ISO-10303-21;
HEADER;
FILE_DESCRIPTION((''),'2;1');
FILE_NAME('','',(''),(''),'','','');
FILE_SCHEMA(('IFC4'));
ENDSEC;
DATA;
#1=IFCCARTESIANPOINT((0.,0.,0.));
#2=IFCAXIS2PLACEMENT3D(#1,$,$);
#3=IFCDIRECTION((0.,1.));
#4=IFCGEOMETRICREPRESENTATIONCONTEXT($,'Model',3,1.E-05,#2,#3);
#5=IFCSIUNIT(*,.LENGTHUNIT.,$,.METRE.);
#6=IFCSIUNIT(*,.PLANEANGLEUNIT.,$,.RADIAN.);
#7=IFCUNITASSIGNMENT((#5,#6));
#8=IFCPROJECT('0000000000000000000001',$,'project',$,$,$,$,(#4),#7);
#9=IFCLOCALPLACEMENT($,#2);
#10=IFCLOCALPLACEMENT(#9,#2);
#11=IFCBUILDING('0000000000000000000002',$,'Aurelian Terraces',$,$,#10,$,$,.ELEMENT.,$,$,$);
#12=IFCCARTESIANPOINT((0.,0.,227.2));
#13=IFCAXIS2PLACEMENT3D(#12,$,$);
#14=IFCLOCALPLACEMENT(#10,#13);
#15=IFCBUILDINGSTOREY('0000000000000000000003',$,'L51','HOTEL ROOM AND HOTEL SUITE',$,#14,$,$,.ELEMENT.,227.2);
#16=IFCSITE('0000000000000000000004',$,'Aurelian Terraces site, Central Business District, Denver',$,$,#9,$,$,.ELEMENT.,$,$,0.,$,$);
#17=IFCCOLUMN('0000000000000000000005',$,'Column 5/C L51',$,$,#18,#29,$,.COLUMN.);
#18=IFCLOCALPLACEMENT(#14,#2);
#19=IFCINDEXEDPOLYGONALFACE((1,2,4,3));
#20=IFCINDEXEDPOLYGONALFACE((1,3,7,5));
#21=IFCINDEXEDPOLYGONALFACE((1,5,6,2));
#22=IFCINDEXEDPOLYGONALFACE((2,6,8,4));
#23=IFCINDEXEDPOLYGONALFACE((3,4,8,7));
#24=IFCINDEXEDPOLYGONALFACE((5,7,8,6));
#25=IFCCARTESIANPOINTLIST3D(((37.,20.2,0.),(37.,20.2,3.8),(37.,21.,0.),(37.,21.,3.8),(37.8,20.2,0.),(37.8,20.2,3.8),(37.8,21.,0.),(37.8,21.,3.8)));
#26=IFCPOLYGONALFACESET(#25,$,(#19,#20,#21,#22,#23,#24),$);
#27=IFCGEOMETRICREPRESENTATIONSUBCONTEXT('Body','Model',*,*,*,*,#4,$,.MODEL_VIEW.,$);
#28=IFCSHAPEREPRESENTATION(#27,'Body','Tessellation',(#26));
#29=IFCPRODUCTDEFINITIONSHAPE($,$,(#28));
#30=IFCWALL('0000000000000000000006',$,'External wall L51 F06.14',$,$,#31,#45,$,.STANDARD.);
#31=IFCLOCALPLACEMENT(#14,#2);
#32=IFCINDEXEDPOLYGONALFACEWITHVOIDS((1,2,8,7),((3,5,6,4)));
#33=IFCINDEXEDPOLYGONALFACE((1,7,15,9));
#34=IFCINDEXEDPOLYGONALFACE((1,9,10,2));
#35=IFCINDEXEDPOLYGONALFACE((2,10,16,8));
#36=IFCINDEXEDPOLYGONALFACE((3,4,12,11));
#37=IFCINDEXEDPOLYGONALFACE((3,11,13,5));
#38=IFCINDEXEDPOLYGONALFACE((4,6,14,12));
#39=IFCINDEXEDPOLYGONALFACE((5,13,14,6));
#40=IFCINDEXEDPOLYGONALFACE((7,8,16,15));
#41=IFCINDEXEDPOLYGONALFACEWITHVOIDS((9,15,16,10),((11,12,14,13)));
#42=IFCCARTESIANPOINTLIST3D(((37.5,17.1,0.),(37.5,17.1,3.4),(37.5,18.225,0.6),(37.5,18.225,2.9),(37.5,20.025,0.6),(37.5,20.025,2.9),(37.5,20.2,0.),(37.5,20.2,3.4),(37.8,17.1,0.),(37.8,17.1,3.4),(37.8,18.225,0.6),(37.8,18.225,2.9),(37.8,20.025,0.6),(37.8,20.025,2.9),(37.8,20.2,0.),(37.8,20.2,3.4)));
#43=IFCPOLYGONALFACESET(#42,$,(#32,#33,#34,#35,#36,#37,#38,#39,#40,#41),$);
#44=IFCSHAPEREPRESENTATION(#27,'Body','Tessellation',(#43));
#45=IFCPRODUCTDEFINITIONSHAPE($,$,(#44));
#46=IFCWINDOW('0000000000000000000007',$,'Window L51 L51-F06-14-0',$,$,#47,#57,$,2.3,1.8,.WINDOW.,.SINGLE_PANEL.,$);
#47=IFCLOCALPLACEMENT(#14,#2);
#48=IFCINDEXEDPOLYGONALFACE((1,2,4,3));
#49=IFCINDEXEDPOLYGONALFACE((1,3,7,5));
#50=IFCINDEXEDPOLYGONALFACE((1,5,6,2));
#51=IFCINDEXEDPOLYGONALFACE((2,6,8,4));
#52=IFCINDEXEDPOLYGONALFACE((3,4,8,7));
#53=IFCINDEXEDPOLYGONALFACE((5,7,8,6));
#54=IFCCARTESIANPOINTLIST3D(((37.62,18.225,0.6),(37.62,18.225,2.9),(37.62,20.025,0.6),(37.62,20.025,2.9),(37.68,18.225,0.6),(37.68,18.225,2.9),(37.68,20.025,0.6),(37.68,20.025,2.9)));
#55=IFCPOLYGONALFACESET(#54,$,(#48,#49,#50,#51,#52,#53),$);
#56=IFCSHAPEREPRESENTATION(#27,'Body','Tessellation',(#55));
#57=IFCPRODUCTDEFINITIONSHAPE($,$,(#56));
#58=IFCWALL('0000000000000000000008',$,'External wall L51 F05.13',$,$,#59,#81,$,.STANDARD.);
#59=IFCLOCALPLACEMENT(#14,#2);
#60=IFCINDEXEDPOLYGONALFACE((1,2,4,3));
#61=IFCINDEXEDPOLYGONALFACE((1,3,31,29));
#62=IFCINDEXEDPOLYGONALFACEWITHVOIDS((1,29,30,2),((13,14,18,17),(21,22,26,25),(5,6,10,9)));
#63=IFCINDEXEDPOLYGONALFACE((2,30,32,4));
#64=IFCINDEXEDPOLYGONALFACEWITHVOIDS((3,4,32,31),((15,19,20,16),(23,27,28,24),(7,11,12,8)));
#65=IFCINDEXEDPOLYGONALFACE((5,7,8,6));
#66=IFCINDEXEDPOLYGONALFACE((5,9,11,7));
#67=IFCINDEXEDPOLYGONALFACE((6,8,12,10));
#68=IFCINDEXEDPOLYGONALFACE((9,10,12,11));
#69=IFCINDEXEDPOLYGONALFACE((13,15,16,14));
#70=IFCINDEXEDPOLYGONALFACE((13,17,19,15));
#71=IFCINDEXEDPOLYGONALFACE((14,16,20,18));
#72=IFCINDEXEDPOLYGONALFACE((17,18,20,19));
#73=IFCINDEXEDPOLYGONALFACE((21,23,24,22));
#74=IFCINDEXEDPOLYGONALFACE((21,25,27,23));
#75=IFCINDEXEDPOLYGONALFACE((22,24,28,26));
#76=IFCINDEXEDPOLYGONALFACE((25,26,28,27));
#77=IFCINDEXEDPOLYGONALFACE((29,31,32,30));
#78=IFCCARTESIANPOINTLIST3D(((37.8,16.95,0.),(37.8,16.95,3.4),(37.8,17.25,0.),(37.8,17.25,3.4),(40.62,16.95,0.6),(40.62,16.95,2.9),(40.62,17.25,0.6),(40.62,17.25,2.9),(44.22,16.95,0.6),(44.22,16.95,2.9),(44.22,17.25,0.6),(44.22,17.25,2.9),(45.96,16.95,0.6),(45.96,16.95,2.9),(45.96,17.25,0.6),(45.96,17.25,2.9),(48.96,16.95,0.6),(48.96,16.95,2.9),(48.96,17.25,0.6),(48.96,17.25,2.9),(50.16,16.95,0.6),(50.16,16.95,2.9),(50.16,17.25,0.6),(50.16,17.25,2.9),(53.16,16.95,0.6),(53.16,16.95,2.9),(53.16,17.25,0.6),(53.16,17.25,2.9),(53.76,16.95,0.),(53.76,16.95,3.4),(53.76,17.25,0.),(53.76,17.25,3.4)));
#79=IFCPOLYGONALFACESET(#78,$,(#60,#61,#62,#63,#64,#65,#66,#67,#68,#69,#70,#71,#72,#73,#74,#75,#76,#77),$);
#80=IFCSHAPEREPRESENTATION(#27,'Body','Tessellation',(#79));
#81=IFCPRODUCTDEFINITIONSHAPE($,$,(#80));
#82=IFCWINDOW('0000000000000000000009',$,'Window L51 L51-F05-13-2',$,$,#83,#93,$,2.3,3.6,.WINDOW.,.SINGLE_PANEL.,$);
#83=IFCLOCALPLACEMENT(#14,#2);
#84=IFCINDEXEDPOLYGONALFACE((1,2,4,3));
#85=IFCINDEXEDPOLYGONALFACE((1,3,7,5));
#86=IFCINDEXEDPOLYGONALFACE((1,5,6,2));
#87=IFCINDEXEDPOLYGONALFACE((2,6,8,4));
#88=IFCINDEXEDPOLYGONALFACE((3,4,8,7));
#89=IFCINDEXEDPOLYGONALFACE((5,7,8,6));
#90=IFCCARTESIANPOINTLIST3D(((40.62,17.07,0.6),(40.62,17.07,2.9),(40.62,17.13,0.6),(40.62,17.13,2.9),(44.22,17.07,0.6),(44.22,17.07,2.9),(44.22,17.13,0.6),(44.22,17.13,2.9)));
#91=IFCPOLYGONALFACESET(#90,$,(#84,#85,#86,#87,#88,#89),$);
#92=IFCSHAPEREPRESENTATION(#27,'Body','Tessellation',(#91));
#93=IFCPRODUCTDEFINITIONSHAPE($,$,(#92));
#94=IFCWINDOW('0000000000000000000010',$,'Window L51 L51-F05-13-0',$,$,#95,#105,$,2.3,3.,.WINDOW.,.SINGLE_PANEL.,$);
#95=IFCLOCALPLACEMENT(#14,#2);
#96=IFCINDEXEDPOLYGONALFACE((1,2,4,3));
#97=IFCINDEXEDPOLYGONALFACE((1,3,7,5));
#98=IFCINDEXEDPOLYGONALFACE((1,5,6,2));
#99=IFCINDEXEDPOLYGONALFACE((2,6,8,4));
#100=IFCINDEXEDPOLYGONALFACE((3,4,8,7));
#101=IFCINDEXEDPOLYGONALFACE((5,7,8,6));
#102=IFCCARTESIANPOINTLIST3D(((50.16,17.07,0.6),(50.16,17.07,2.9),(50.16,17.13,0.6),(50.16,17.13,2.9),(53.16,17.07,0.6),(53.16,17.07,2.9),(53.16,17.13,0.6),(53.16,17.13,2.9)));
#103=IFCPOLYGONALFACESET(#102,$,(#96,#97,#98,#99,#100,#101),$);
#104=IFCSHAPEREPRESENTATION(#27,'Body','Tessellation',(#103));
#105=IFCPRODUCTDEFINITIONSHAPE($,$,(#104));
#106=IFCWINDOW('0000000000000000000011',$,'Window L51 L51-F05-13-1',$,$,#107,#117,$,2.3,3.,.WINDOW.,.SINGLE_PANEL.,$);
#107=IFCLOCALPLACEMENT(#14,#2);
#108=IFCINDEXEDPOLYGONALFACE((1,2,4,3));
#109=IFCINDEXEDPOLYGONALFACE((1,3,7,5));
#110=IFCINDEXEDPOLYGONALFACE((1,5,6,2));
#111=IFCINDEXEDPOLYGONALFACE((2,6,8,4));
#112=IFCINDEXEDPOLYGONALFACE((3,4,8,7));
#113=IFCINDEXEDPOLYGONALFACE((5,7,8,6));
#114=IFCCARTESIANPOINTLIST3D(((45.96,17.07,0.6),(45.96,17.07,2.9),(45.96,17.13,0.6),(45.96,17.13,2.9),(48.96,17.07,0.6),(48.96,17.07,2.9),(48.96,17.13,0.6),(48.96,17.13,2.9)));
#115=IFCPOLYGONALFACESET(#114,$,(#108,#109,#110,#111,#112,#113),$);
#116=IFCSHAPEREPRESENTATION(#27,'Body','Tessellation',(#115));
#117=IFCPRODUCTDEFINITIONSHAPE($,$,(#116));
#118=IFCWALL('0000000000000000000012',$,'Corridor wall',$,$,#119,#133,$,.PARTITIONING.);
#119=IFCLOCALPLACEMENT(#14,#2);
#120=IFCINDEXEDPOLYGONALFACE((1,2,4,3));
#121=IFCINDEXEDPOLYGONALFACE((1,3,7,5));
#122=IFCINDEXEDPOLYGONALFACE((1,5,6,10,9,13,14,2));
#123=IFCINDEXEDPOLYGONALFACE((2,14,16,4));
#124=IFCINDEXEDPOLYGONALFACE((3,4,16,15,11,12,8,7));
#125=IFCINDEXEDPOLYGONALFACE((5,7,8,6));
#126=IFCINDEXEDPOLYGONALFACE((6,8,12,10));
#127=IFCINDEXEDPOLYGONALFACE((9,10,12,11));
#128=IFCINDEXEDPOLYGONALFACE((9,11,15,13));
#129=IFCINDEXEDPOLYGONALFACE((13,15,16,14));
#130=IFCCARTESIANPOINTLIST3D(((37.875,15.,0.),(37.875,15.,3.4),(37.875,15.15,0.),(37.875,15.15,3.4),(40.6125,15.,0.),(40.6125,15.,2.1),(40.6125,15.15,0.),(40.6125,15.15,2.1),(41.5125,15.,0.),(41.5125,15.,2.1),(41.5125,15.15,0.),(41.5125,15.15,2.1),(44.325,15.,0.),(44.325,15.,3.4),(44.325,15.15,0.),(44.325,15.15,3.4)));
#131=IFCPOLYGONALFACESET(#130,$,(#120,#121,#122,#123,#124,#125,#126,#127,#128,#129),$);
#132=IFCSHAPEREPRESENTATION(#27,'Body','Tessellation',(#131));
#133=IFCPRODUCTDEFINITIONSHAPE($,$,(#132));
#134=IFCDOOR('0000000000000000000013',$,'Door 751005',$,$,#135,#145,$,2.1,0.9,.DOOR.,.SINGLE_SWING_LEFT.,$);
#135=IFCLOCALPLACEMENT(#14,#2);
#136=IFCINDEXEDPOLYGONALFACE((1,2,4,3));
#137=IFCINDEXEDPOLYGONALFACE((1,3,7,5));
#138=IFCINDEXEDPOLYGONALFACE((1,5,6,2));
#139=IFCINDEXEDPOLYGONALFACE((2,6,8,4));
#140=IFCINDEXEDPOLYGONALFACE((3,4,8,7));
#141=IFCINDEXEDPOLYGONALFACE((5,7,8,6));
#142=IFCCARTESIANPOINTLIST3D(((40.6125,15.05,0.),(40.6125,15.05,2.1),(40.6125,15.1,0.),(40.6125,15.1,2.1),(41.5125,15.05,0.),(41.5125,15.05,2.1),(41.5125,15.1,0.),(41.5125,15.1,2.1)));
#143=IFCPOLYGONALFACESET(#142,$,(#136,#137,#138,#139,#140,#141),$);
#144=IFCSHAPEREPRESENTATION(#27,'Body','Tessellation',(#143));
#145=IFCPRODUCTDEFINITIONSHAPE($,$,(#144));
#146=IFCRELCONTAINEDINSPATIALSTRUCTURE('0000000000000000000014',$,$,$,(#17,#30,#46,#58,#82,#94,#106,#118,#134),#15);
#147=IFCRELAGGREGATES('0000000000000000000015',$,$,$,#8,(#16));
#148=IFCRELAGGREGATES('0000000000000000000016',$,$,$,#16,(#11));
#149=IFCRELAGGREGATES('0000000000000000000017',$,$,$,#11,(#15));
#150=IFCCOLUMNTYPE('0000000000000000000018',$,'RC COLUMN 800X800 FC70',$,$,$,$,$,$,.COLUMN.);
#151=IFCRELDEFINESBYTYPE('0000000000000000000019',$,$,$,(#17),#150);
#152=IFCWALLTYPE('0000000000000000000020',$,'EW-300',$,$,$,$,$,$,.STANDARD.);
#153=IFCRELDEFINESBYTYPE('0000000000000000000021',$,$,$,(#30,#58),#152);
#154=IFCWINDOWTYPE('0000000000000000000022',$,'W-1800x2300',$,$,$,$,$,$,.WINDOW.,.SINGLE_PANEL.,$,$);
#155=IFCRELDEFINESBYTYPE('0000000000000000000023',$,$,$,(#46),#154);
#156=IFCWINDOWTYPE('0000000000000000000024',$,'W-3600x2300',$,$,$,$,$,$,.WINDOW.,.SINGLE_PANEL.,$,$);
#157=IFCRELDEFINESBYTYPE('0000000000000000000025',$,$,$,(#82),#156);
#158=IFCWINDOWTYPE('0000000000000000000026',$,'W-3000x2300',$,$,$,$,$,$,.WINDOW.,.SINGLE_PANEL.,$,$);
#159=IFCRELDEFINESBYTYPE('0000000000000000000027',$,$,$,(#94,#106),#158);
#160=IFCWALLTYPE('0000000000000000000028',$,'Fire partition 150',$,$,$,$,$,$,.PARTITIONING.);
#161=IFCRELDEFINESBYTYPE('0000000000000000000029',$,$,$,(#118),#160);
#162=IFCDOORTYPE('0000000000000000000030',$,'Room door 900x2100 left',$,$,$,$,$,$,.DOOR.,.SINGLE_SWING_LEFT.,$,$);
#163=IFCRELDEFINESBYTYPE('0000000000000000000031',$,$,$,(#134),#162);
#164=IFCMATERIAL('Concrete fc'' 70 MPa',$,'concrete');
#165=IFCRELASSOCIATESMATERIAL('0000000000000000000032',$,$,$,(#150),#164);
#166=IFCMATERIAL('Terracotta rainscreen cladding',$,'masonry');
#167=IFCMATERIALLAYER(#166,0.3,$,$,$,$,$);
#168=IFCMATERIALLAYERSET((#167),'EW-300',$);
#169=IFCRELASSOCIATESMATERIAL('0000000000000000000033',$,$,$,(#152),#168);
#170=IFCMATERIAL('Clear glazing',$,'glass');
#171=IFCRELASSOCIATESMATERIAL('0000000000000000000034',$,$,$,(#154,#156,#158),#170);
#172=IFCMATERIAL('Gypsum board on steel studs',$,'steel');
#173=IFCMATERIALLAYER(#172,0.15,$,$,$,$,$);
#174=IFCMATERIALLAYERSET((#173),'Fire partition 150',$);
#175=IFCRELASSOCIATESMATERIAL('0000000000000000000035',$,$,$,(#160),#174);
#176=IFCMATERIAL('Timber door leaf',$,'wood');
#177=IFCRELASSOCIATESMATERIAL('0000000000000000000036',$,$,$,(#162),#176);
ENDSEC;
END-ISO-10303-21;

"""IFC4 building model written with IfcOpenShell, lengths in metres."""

from ifc_helpers import new_model, si_unit, direction, frame, frame_2d, origin, origin_2d, place, context, subcontext, project, spatial, rectangle, extrude, source, transform, mapped, material, layer, layer_set, material_profile, profile_set, type_object, element, fill, save


model = new_model("IFC4")

# Units and contexts
model_context = context("Model", 3, precision=1e-05, world=origin(), true_north=direction((0.0, 1.0)))
body_context = subcontext(model_context, "Body", "Model", "MODEL_VIEW")
ifc_project = project(units=[si_unit("LENGTHUNIT", "METRE"), si_unit("PLANEANGLEUNIT", "RADIAN")], contexts=[model_context])

# Site, building, storey
site_placement = place(None, origin())
site = spatial("IfcSite", under=ifc_project, at=site_placement, Name="Aurelian Terraces site, Central Business District, Denver", CompositionType="ELEMENT", RefElevation=0.0)
building_placement = place(site_placement, origin())
building = spatial("IfcBuilding", under=site, at=building_placement, Name="Aurelian Terraces", CompositionType="ELEMENT")
storey_placement = place(building_placement, frame((0.0, 0.0, 227.2)))
storey = spatial("IfcBuildingStorey", under=building, at=storey_placement, Name="L51", Description="HOTEL ROOM AND HOTEL SUITE", CompositionType="ELEMENT", Elevation=227.2)

# Column
ifc_material_1 = material(Name="Concrete fc' 70 MPa", Category="concrete")
ifc_material_profile = material_profile(ifc_material_1, rectangle(XDim=0.8, YDim=0.8, at=origin_2d()))
ifc_profile_set = profile_set([ifc_material_profile], Name="Concrete fc' 70 MPa")
column_type = type_object("IfcColumnType", Name="RC COLUMN 800X800 FC70", PredefinedType="COLUMN", material=ifc_profile_set)
shared_shape_1 = source(origin(), body_context, "Body", "SweptSolid", [
    extrude(rectangle(XDim=0.8, YDim=0.8, at=origin_2d()), origin(), (0.0, 0.0, 1.0), 3.8),
])
column_placement = place(storey_placement, frame((37.4, 20.6, 0.0), z_axis=(0.0, 0.0, 1.0), x_axis=(1.0, 0.0, 0.0)))
element("IfcColumn", 1, at=column_placement, inside=storey, type_object=column_type, Name="Column 5/C L51", PredefinedType="COLUMN", context=body_context, shape_type="MappedRepresentation", body=[
    mapped(shared_shape_1, transform((0.0, 0.0, 0.0), scale=1.0)),
])

# Wall, opening, window
ifc_material_2 = material(Name="Terracotta rainscreen cladding", Category="masonry")
ifc_layer_1 = layer(ifc_material_2, 0.3)
ifc_layer_set_1 = layer_set([ifc_layer_1], Name="EW-300")
wall_type_1 = type_object("IfcWallType", Name="EW-300", PredefinedType="STANDARD", material=ifc_layer_set_1)
wall_1_placement = place(storey_placement, frame((37.65, 17.1, 0.0), z_axis=(0.0, 0.0, 1.0), x_axis=(0.0, 1.0, 0.0)))
wall_1 = element("IfcWall", 2, at=wall_1_placement, inside=storey, type_object=wall_type_1, Name="External wall L51 F06.14", PredefinedType="STANDARD", context=body_context, shape_type="SweptSolid", body=[
    extrude(rectangle(XDim=3.1, YDim=0.3, at=frame_2d((1.55, 0.0))), origin(), (0.0, 0.0, 1.0), 3.4),
])
shared_shape_2 = source(origin(), body_context, "Body", "SweptSolid", [
    extrude(rectangle(XDim=1.8, YDim=2.3, at=frame_2d((0.9, 1.15))), frame((0.0, 0.16, 0.0), z_axis=(0.0, -1.0, 0.0), x_axis=(1.0, 0.0, 0.0)), (0.0, 0.0, 1.0), 0.32),
])
opening_1_placement = place(wall_1_placement, frame((1.125, 0.0, 0.6)))
opening_1 = element("IfcOpeningElement", 3, at=opening_1_placement, cuts=wall_1, PredefinedType="OPENING", context=body_context, shape_type="MappedRepresentation", body=[
    mapped(shared_shape_2, transform((0.0, 0.0, 0.0), scale=1.0)),
])
ifc_material_3 = material(Name="Clear glazing", Category="glass")
window_type_1 = type_object("IfcWindowType", Name="W-1800x2300", PartitioningType="SINGLE_PANEL", PredefinedType="WINDOW", material=ifc_material_3)
shared_shape_3 = source(origin(), body_context, "Body", "SweptSolid", [
    extrude(rectangle(XDim=1.8, YDim=2.3, at=frame_2d((0.9, 1.15))), frame((0.0, 0.03, 0.0), z_axis=(0.0, -1.0, 0.0), x_axis=(1.0, 0.0, 0.0)), (0.0, 0.0, 1.0), 0.06),
])
window_1_placement = place(opening_1_placement, origin())
window_1 = element("IfcWindow", 4, at=window_1_placement, inside=storey, type_object=window_type_1, Name="Window L51 L51-F06-14-0", OverallHeight=2.3, OverallWidth=1.8, PartitioningType="SINGLE_PANEL", PredefinedType="WINDOW", context=body_context, shape_type="MappedRepresentation", body=[
    mapped(shared_shape_3, transform((0.0, 0.0, 0.0), scale=1.0)),
])
fill(opening_1, window_1)

# Wall, openings, windows
shared_shape_4 = source(origin(), body_context, "Body", "SweptSolid", [
    extrude(rectangle(XDim=15.96, YDim=0.3, at=frame_2d((7.98, 0.0))), origin(), (0.0, 0.0, 1.0), 3.4),
])
wall_2_placement = place(storey_placement, frame((53.76, 17.1, 0.0), z_axis=(0.0, 0.0, 1.0), x_axis=(-1.0, 0.0, 0.0)))
wall_2 = element("IfcWall", 5, at=wall_2_placement, inside=storey, type_object=wall_type_1, Name="External wall L51 F05.13", PredefinedType="STANDARD", context=body_context, shape_type="MappedRepresentation", body=[
    mapped(shared_shape_4, transform((0.0, 0.0, 0.0), scale=1.0)),
])
shared_shape_5 = source(origin(), body_context, "Body", "SweptSolid", [
    extrude(rectangle(XDim=3.0, YDim=2.3, at=frame_2d((1.5, 1.15))), frame((0.0, 0.16, 0.0), z_axis=(0.0, -1.0, 0.0), x_axis=(1.0, 0.0, 0.0)), (0.0, 0.0, 1.0), 0.32),
])
opening_2_placement = place(wall_2_placement, frame((0.6, 0.0, 0.6)))
opening_2 = element("IfcOpeningElement", 6, at=opening_2_placement, cuts=wall_2, PredefinedType="OPENING", context=body_context, shape_type="MappedRepresentation", body=[
    mapped(shared_shape_5, transform((0.0, 0.0, 0.0), scale=1.0)),
])
opening_3_placement = place(wall_2_placement, frame((4.8, 0.0, 0.6)))
opening_3 = element("IfcOpeningElement", 7, at=opening_3_placement, cuts=wall_2, PredefinedType="OPENING", context=body_context, shape_type="MappedRepresentation", body=[
    mapped(shared_shape_5, transform((0.0, 0.0, 0.0), scale=1.0)),
])
shared_shape_6 = source(origin(), body_context, "Body", "SweptSolid", [
    extrude(rectangle(XDim=3.6, YDim=2.3, at=frame_2d((1.8, 1.15))), frame((0.0, 0.16, 0.0), z_axis=(0.0, -1.0, 0.0), x_axis=(1.0, 0.0, 0.0)), (0.0, 0.0, 1.0), 0.32),
])
opening_4_placement = place(wall_2_placement, frame((9.54, 0.0, 0.6)))
opening_4 = element("IfcOpeningElement", 8, at=opening_4_placement, cuts=wall_2, PredefinedType="OPENING", context=body_context, shape_type="MappedRepresentation", body=[
    mapped(shared_shape_6, transform((0.0, 0.0, 0.0), scale=1.0)),
])
window_type_2 = type_object("IfcWindowType", Name="W-3600x2300", PartitioningType="SINGLE_PANEL", PredefinedType="WINDOW", material=ifc_material_3)
shared_shape_7 = source(origin(), body_context, "Body", "SweptSolid", [
    extrude(rectangle(XDim=3.6, YDim=2.3, at=frame_2d((1.8, 1.15))), frame((0.0, 0.03, 0.0), z_axis=(0.0, -1.0, 0.0), x_axis=(1.0, 0.0, 0.0)), (0.0, 0.0, 1.0), 0.06),
])
window_2_placement = place(opening_4_placement, origin())
window_2 = element("IfcWindow", 9, at=window_2_placement, inside=storey, type_object=window_type_2, Name="Window L51 L51-F05-13-2", OverallHeight=2.3, OverallWidth=3.6, PartitioningType="SINGLE_PANEL", PredefinedType="WINDOW", context=body_context, shape_type="MappedRepresentation", body=[
    mapped(shared_shape_7, transform((0.0, 0.0, 0.0), scale=1.0)),
])
fill(opening_4, window_2)
window_type_3 = type_object("IfcWindowType", Name="W-3000x2300", PartitioningType="SINGLE_PANEL", PredefinedType="WINDOW", material=ifc_material_3)
shared_shape_8 = source(origin(), body_context, "Body", "SweptSolid", [
    extrude(rectangle(XDim=3.0, YDim=2.3, at=frame_2d((1.5, 1.15))), frame((0.0, 0.03, 0.0), z_axis=(0.0, -1.0, 0.0), x_axis=(1.0, 0.0, 0.0)), (0.0, 0.0, 1.0), 0.06),
])
window_3_placement = place(opening_2_placement, origin())
window_3 = element("IfcWindow", 10, at=window_3_placement, inside=storey, type_object=window_type_3, Name="Window L51 L51-F05-13-0", OverallHeight=2.3, OverallWidth=3.0, PartitioningType="SINGLE_PANEL", PredefinedType="WINDOW", context=body_context, shape_type="MappedRepresentation", body=[
    mapped(shared_shape_8, transform((0.0, 0.0, 0.0), scale=1.0)),
])
fill(opening_2, window_3)
window_4_placement = place(opening_3_placement, origin())
window_4 = element("IfcWindow", 11, at=window_4_placement, inside=storey, type_object=window_type_3, Name="Window L51 L51-F05-13-1", OverallHeight=2.3, OverallWidth=3.0, PartitioningType="SINGLE_PANEL", PredefinedType="WINDOW", context=body_context, shape_type="MappedRepresentation", body=[
    mapped(shared_shape_8, transform((0.0, 0.0, 0.0), scale=1.0)),
])
fill(opening_3, window_4)

# Wall, opening, door
ifc_material_4 = material(Name="Gypsum board on steel studs", Category="steel")
ifc_layer_2 = layer(ifc_material_4, 0.15)
ifc_layer_set_2 = layer_set([ifc_layer_2], Name="Fire partition 150")
wall_type_2 = type_object("IfcWallType", Name="Fire partition 150", PredefinedType="PARTITIONING", material=ifc_layer_set_2)
shared_shape_9 = source(origin(), body_context, "Body", "SweptSolid", [
    extrude(rectangle(XDim=6.45, YDim=0.15, at=frame_2d((3.225, 0.0))), origin(), (0.0, 0.0, 1.0), 3.4),
])
wall_3_placement = place(storey_placement, frame((44.325, 15.075, 0.0), z_axis=(0.0, 0.0, 1.0), x_axis=(-1.0, 0.0, 0.0)))
wall_3 = element("IfcWall", 12, at=wall_3_placement, inside=storey, type_object=wall_type_2, Name="Corridor wall", PredefinedType="PARTITIONING", context=body_context, shape_type="MappedRepresentation", body=[
    mapped(shared_shape_9, transform((0.0, 0.0, 0.0), scale=1.0)),
])
shared_shape_10 = source(origin(), body_context, "Body", "SweptSolid", [
    extrude(rectangle(XDim=0.9, YDim=2.1, at=frame_2d((0.45, 1.05))), frame((0.0, 0.085, 0.0), z_axis=(0.0, -1.0, 0.0), x_axis=(1.0, 0.0, 0.0)), (0.0, 0.0, 1.0), 0.17),
])
opening_5_placement = place(wall_3_placement, frame((2.8125, 0.0, 0.0)))
opening_5 = element("IfcOpeningElement", 13, at=opening_5_placement, cuts=wall_3, PredefinedType="OPENING", context=body_context, shape_type="MappedRepresentation", body=[
    mapped(shared_shape_10, transform((0.0, 0.0, 0.0), scale=1.0)),
])
ifc_material_5 = material(Name="Timber door leaf", Category="wood")
door_type_1 = type_object("IfcDoorType", Name="Room door 900x2100 left", OperationType="SINGLE_SWING_LEFT", PredefinedType="DOOR", material=ifc_material_5)
shared_shape_11 = source(origin(), body_context, "Body", "SweptSolid", [
    extrude(rectangle(XDim=0.9, YDim=2.1, at=frame_2d((0.45, 1.05))), frame((0.0, 0.025, 0.0), z_axis=(0.0, -1.0, 0.0), x_axis=(1.0, 0.0, 0.0)), (0.0, 0.0, 1.0), 0.05),
])
door_1_placement = place(opening_5_placement, origin())
door_1 = element("IfcDoor", 14, at=door_1_placement, inside=storey, type_object=door_type_1, Name="Door 751005", OperationType="SINGLE_SWING_LEFT", OverallHeight=2.1, OverallWidth=0.9, PredefinedType="DOOR", context=body_context, shape_type="MappedRepresentation", body=[
    mapped(shared_shape_11, transform((0.0, 0.0, 0.0), scale=1.0)),
])
fill(opening_5, door_1)

save(model, "model.ifc")
